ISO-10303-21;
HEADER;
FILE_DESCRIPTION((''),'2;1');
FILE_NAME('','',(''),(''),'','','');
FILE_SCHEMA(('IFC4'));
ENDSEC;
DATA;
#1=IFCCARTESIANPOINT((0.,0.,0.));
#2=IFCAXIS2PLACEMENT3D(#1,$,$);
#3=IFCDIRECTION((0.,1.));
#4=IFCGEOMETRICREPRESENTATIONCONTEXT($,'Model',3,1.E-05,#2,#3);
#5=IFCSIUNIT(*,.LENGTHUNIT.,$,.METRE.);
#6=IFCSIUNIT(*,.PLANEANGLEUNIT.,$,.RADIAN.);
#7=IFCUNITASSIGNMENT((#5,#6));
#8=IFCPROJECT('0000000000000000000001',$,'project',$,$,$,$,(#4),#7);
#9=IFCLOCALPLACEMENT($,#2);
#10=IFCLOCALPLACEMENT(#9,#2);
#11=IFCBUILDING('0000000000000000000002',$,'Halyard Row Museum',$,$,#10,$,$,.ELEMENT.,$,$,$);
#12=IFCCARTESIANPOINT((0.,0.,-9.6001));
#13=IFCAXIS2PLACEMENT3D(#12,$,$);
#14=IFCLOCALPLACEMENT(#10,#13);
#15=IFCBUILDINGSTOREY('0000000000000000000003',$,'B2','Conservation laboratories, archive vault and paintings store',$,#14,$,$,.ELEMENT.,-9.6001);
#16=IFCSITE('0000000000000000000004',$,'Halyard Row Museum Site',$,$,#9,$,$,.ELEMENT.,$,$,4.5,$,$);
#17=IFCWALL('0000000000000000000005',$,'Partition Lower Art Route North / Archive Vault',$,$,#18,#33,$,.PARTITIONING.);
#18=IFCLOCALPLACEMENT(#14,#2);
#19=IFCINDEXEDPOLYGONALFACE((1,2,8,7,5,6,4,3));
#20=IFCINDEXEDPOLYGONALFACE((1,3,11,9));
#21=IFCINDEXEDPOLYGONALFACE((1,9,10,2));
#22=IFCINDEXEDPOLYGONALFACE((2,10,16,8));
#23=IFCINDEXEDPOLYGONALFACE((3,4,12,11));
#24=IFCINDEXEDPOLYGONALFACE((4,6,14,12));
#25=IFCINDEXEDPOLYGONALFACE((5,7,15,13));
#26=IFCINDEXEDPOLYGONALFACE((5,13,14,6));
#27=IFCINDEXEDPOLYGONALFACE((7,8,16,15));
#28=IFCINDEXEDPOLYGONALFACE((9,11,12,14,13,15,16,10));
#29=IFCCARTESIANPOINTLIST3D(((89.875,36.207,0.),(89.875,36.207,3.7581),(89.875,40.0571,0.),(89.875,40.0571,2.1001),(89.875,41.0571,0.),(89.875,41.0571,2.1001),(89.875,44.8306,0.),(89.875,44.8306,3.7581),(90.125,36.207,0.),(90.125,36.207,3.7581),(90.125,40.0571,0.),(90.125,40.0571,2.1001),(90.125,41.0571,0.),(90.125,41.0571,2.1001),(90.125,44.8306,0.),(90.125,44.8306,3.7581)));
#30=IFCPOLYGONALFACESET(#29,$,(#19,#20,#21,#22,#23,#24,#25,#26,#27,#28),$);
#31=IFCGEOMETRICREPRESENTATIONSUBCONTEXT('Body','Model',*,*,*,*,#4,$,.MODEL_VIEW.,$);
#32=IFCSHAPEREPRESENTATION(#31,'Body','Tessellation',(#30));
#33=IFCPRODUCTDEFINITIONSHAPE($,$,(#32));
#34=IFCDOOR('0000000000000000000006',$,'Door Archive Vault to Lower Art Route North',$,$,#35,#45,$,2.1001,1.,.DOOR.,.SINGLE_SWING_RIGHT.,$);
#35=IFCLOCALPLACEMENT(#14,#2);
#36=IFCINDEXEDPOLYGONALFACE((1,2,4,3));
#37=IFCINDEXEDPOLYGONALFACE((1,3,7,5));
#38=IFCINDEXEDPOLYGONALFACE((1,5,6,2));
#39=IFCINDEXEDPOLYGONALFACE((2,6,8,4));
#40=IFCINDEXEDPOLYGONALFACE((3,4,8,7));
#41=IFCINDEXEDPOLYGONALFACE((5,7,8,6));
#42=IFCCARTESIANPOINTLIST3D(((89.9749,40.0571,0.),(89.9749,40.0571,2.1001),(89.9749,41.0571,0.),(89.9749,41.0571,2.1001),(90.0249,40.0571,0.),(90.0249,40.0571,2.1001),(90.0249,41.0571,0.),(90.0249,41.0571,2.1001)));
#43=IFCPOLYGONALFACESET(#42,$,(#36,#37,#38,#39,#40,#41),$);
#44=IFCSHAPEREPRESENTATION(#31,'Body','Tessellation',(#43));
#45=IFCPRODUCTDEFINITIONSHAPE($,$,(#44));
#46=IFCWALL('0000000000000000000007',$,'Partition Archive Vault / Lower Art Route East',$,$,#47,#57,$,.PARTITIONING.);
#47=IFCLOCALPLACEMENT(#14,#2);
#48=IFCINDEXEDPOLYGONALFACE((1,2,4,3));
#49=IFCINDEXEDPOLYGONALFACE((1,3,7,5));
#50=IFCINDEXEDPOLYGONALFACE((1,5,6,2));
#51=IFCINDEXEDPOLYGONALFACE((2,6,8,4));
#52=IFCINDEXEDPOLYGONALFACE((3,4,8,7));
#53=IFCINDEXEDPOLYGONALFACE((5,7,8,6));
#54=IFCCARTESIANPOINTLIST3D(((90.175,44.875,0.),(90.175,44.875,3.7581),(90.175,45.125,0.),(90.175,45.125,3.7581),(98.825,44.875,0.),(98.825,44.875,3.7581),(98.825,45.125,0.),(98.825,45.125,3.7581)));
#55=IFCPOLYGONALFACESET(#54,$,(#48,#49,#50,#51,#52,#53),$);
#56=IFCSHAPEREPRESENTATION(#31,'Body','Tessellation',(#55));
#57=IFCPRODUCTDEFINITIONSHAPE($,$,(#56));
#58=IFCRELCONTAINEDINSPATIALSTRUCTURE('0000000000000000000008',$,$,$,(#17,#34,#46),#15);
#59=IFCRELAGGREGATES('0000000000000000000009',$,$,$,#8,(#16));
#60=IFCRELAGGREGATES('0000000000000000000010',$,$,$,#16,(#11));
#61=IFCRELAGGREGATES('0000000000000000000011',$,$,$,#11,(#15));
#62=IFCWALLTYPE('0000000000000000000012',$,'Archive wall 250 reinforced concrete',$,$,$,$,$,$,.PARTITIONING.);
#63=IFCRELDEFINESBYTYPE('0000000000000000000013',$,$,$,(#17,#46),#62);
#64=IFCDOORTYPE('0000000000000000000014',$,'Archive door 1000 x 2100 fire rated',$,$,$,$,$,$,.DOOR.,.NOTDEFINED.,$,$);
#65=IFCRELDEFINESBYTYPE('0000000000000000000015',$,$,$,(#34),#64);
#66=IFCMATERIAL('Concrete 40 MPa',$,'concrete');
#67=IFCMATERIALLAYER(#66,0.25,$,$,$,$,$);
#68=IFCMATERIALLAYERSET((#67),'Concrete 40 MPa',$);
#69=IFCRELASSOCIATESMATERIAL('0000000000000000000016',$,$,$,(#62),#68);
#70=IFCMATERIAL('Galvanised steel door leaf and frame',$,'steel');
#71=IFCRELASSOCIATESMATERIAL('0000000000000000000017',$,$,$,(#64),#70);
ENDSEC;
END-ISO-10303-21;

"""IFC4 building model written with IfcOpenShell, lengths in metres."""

from ifc_helpers import new_model, si_unit, direction, frame, frame_2d, origin, place, context, subcontext, project, spatial, rectangle, extrude, material, layer, layer_set, type_object, element, fill, save


model = new_model("IFC4")

# Units and contexts
model_context = context("Model", 3, precision=1e-05, world=origin(), true_north=direction((0.0, 1.0)))
body_context = subcontext(model_context, "Body", "Model", "MODEL_VIEW")
ifc_project = project(units=[si_unit("LENGTHUNIT", "METRE"), si_unit("PLANEANGLEUNIT", "RADIAN")], contexts=[model_context])

# Site, building, storey
site_placement = place(None, origin())
site = spatial("IfcSite", under=ifc_project, at=site_placement, Name="Halyard Row Museum Site", CompositionType="ELEMENT", RefElevation=4.5)
building_placement = place(site_placement, origin())
building = spatial("IfcBuilding", under=site, at=building_placement, Name="Halyard Row Museum", CompositionType="ELEMENT")
storey_placement = place(building_placement, frame((0.0, 0.0, -9.6001)))
storey = spatial("IfcBuildingStorey", under=building, at=storey_placement, Name="B2", Description="Conservation laboratories, archive vault and paintings store", CompositionType="ELEMENT", Elevation=-9.6001)

# Wall, opening, door
ifc_material_1 = material(Name="Concrete 40 MPa", Category="concrete")
ifc_layer = layer(ifc_material_1, 0.25)
ifc_layer_set = layer_set([ifc_layer], Name="Concrete 40 MPa")
wall_type = type_object("IfcWallType", Name="Archive wall 250 reinforced concrete", PredefinedType="PARTITIONING", material=ifc_layer_set)
ifc_material_2 = material(Name="Galvanised steel door leaf and frame", Category="steel")
door_type = type_object("IfcDoorType", Name="Archive door 1000 x 2100 fire rated", OperationType="NOTDEFINED", PredefinedType="DOOR", material=ifc_material_2)
wall_1_placement = place(storey_placement, frame((90.0, 36.207, 0.0), z_axis=(0.0, 0.0, 1.0), x_axis=(0.0, 1.0, 0.0)))
wall_1 = element("IfcWall", 1, at=wall_1_placement, inside=storey, type_object=wall_type, Name="Partition Lower Art Route North / Archive Vault", PredefinedType="PARTITIONING", context=body_context, shape_type="SweptSolid", body=[
    extrude(rectangle(XDim=8.6235, YDim=0.25, at=frame_2d((4.3118, 0.0))), origin(), (0.0, 0.0, 1.0), 3.7581),
])
opening_1_placement = place(wall_1_placement, frame((3.8501, 0.0, 0.0)))
opening_1 = element("IfcOpeningElement", 2, at=opening_1_placement, cuts=wall_1, PredefinedType="OPENING", context=body_context, shape_type="SweptSolid", body=[
    extrude(rectangle(XDim=1.0, YDim=2.1001, at=frame_2d((0.5, 1.05))), frame((0.0, 0.135, 0.0), z_axis=(0.0, -1.0, 0.0), x_axis=(1.0, 0.0, 0.0)), (0.0, 0.0, 1.0), 0.27),
])
door_1_placement = place(opening_1_placement, frame((1.0, 0.0, 0.0), z_axis=(0.0, 0.0, 1.0), x_axis=(-1.0, 0.0, 0.0)))
door_1 = element("IfcDoor", 3, at=door_1_placement, inside=storey, type_object=door_type, Name="Door Archive Vault to Lower Art Route North", OperationType="SINGLE_SWING_RIGHT", OverallHeight=2.1001, OverallWidth=1.0, PredefinedType="DOOR", context=body_context, shape_type="SweptSolid", body=[
    extrude(rectangle(XDim=1.0, YDim=2.1001, at=frame_2d((0.5, 1.05))), frame((0.0, 0.0249, 0.0), z_axis=(0.0, -1.0, 0.0), x_axis=(1.0, 0.0, 0.0)), (0.0, 0.0, 1.0), 0.05),
])
fill(opening_1, door_1)

# Wall
wall_2_placement = place(storey_placement, frame((90.175, 45.0, 0.0), z_axis=(0.0, 0.0, 1.0), x_axis=(1.0, 0.0, 0.0)))
element("IfcWall", 4, at=wall_2_placement, inside=storey, type_object=wall_type, Name="Partition Archive Vault / Lower Art Route East", PredefinedType="PARTITIONING", context=body_context, shape_type="SweptSolid", body=[
    extrude(rectangle(XDim=8.6499, YDim=0.25, at=frame_2d((4.325, 0.0))), origin(), (0.0, 0.0, 1.0), 3.7581),
])

save(model, "model.ifc")
